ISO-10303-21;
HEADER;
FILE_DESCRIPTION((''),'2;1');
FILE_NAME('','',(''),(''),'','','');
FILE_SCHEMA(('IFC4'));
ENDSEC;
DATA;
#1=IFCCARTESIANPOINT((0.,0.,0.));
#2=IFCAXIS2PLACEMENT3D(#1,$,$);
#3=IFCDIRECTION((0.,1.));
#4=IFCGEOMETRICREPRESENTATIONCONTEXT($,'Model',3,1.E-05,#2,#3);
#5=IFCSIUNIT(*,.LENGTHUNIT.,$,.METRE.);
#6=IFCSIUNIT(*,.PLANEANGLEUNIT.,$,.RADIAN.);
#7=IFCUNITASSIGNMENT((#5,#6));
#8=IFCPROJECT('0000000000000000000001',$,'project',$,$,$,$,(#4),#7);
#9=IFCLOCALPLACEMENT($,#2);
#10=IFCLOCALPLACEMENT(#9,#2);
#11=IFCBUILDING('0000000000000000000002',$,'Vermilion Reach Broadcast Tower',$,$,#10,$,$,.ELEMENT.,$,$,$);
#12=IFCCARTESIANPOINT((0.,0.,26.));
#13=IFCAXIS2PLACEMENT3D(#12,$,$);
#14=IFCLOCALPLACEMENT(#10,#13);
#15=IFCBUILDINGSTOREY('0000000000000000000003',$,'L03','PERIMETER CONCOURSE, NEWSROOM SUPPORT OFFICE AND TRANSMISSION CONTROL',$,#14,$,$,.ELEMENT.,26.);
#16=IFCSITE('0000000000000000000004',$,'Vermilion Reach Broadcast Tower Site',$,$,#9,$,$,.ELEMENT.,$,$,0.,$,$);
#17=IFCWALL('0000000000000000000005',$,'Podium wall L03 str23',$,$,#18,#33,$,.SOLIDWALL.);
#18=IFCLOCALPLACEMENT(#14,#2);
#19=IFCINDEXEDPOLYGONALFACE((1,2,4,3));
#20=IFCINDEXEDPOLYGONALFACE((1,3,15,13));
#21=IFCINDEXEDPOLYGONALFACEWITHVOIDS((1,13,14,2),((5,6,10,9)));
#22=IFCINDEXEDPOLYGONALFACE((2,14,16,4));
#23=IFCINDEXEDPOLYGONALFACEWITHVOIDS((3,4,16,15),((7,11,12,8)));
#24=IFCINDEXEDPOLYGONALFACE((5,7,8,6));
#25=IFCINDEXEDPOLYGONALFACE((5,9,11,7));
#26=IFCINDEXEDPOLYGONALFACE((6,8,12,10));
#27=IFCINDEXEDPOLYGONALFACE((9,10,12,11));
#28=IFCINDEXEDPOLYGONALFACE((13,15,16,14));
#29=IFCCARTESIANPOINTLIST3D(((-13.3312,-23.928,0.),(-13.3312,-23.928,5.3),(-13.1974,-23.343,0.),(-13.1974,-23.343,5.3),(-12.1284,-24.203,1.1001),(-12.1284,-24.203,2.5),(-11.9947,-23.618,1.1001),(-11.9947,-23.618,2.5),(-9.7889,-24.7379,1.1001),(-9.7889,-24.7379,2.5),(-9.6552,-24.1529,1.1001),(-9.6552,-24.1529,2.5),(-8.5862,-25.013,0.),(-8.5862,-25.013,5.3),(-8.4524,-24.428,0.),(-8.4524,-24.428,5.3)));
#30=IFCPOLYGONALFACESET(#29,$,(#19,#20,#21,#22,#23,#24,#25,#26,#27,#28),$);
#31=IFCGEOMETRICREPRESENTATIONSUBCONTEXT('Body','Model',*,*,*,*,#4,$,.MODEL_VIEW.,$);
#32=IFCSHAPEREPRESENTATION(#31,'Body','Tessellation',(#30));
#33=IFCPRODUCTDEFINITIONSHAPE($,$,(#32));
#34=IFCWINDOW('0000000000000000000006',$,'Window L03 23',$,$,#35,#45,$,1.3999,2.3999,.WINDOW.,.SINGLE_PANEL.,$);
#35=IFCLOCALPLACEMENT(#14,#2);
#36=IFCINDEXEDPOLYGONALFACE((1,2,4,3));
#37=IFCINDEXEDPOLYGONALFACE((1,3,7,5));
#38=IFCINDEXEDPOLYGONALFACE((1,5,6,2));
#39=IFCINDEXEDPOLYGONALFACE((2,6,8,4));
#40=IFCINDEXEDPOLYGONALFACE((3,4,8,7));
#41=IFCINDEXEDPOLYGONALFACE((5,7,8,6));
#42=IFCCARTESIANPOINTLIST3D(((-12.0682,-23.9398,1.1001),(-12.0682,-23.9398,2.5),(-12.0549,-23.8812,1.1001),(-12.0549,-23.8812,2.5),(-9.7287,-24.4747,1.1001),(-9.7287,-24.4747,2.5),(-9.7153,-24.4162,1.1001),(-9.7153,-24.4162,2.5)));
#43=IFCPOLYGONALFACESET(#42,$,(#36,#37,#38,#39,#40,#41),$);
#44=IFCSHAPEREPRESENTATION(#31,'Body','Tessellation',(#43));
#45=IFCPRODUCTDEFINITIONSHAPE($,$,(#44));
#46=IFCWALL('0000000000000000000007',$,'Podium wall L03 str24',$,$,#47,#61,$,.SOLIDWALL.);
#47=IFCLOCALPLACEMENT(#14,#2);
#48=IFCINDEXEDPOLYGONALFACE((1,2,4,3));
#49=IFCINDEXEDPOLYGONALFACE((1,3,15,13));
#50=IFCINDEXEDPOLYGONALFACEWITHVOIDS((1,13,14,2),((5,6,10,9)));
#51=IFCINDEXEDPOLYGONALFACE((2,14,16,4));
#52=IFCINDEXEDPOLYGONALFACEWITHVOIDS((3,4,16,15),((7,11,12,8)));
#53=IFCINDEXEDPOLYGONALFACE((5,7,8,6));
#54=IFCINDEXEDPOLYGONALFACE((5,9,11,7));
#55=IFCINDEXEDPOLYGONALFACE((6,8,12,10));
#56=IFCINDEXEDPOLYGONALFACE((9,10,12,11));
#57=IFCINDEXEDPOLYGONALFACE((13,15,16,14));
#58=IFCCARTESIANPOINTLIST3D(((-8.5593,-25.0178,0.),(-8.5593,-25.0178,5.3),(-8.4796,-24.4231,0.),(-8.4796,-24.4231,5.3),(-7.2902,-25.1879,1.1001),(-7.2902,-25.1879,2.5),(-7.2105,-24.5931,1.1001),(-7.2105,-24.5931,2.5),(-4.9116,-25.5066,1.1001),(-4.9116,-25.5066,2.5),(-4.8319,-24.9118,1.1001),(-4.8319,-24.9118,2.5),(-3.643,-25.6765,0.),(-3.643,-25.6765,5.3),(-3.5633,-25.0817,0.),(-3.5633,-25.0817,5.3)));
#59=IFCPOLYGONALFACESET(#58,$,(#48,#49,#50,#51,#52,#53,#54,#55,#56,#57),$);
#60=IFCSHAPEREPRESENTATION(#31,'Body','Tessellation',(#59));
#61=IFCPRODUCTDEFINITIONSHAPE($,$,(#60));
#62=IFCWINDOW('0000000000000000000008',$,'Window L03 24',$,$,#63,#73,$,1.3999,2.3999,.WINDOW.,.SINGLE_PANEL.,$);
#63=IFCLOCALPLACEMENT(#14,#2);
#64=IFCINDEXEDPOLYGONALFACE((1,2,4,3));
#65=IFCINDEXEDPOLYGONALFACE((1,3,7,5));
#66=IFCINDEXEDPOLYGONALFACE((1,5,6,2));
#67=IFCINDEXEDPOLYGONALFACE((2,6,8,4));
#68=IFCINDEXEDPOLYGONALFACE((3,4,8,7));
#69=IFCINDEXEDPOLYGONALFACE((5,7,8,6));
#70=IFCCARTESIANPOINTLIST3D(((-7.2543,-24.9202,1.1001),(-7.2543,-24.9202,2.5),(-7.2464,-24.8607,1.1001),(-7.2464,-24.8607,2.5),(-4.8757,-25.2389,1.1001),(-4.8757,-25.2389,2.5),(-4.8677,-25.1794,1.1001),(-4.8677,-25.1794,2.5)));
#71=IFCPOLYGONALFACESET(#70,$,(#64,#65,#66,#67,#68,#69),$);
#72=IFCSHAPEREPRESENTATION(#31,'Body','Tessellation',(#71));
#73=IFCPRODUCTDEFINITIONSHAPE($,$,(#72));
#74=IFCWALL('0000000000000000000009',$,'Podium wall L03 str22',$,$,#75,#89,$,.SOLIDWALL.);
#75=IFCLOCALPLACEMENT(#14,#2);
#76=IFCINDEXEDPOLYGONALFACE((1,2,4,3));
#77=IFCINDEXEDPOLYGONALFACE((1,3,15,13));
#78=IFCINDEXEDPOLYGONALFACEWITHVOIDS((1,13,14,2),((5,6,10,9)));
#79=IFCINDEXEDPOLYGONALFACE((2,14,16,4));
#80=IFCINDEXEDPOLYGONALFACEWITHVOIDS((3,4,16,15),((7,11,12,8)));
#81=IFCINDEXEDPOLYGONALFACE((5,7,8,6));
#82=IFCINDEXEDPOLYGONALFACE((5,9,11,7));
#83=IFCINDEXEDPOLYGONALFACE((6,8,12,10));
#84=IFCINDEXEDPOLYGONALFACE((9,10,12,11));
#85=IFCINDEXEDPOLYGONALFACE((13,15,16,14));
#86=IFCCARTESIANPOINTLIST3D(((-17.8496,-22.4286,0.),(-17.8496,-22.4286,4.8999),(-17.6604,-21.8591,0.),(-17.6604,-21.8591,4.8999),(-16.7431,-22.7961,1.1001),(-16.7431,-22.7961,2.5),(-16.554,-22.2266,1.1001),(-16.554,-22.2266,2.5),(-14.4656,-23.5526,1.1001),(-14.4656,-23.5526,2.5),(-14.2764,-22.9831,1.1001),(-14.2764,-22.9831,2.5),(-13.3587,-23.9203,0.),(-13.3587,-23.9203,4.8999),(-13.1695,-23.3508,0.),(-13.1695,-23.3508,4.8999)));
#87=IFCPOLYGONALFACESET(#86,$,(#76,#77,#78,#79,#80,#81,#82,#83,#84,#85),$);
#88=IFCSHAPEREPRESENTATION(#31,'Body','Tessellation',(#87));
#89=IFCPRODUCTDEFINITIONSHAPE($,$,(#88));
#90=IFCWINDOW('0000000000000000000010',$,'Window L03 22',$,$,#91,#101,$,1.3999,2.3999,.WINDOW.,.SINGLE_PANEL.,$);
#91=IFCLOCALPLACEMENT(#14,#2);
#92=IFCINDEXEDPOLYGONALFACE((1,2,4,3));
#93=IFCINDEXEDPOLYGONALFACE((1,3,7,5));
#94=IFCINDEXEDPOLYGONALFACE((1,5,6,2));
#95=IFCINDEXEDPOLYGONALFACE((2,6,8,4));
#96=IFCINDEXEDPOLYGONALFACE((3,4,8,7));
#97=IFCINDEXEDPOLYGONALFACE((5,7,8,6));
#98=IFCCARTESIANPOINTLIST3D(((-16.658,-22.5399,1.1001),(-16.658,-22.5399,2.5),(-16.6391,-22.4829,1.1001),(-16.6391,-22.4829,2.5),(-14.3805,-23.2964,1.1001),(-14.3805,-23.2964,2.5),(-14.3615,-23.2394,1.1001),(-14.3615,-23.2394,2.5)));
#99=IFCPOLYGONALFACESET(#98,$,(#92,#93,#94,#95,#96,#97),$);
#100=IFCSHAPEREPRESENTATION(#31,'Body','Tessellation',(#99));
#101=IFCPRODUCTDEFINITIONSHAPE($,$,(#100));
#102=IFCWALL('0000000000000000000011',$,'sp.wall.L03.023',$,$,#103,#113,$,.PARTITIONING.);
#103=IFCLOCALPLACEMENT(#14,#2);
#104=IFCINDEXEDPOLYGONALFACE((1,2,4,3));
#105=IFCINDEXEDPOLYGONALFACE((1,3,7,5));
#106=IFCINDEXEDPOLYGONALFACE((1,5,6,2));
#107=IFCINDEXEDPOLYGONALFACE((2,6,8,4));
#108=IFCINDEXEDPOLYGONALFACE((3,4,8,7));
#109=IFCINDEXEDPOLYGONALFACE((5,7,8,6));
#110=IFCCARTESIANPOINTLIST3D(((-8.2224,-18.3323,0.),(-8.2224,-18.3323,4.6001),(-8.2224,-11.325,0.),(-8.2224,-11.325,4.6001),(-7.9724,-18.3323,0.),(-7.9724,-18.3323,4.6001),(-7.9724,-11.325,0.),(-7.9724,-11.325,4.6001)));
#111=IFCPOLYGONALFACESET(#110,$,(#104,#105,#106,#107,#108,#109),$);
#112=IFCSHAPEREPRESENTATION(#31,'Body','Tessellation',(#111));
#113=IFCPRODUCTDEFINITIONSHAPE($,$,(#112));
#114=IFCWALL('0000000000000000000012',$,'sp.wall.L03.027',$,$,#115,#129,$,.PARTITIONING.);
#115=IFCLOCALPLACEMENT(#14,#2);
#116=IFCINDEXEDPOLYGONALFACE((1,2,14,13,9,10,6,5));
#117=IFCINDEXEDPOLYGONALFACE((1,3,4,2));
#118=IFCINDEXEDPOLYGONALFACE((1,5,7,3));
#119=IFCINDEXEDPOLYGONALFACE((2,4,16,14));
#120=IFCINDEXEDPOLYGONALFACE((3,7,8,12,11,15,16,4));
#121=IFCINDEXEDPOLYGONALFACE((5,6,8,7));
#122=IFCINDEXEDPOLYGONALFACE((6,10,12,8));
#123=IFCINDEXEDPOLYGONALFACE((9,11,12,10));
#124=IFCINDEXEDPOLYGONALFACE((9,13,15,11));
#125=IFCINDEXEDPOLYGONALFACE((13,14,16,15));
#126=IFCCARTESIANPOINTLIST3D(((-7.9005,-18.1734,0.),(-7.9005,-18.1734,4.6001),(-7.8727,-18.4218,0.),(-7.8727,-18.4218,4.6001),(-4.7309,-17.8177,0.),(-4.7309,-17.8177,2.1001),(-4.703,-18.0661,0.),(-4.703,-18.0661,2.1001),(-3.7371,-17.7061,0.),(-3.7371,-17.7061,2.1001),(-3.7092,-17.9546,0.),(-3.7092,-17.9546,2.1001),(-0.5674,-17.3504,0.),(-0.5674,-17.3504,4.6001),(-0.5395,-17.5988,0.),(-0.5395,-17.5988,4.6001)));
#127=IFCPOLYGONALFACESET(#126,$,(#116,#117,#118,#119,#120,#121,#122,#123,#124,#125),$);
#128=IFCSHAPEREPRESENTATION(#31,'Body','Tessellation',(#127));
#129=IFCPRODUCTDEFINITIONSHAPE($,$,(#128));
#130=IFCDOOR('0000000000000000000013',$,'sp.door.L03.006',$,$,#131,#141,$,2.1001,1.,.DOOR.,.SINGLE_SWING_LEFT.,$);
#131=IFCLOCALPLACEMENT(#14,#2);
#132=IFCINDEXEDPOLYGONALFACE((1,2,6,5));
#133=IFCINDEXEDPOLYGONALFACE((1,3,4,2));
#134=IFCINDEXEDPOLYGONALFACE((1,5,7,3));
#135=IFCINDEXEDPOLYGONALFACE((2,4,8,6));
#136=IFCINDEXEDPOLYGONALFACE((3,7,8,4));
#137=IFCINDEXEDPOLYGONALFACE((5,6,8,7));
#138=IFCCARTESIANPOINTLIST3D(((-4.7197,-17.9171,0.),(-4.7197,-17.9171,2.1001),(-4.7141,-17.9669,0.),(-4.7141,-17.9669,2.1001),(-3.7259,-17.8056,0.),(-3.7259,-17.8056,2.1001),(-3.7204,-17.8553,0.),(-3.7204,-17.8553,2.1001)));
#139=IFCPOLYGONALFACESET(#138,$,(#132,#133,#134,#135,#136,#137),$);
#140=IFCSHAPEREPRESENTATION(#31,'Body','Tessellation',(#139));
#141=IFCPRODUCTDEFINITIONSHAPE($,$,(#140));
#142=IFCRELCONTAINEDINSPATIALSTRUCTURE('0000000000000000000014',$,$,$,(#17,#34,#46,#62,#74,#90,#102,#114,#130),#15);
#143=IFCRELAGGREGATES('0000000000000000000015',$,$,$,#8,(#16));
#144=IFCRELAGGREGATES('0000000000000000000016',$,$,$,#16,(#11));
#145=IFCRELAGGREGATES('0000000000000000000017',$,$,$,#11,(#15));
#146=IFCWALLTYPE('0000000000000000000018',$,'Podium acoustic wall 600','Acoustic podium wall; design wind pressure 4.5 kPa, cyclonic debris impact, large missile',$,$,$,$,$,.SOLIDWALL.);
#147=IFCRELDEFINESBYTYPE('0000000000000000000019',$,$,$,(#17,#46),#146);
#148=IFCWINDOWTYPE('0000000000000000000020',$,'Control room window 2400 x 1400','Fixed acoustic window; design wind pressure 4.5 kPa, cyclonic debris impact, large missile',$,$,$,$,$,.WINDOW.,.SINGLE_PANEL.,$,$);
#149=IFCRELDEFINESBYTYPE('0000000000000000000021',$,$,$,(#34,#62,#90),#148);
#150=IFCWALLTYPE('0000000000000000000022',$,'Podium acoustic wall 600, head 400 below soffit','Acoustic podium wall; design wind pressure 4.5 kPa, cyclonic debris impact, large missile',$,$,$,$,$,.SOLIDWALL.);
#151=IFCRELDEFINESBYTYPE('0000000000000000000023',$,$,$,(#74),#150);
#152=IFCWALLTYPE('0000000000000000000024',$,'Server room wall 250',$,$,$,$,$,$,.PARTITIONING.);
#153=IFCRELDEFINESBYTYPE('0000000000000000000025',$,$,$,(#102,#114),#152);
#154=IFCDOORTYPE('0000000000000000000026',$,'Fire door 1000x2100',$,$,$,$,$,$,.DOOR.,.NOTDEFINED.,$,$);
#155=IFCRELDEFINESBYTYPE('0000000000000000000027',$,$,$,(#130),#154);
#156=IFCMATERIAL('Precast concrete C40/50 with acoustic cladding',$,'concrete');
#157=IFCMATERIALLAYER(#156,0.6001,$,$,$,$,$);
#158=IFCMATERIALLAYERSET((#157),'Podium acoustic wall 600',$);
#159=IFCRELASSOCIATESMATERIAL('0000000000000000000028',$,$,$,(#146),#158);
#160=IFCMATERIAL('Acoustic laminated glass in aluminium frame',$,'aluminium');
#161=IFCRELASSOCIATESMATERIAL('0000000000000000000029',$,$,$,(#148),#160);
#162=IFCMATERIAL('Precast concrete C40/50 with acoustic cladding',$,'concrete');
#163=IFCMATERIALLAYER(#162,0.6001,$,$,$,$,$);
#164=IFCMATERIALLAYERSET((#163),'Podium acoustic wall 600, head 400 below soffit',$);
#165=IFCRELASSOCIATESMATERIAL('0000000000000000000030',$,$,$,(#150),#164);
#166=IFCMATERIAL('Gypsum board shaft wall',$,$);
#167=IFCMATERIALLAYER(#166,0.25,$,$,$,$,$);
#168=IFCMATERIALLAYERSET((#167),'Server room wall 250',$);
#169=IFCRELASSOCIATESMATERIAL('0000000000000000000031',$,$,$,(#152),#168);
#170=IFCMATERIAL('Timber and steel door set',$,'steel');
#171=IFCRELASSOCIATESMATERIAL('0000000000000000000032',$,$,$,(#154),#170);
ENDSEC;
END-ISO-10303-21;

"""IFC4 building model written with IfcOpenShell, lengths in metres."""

from ifc_helpers import new_model, si_unit, direction, frame, frame_2d, origin, place, context, subcontext, project, spatial, rectangle, extrude, material, layer, layer_set, type_object, element, fill, save


model = new_model("IFC4")

# Units and contexts
model_context = context("Model", 3, precision=1e-05, world=origin(), true_north=direction((0.0, 1.0)))
body_context = subcontext(model_context, "Body", "Model", "MODEL_VIEW")
ifc_project = project(units=[si_unit("LENGTHUNIT", "METRE"), si_unit("PLANEANGLEUNIT", "RADIAN")], contexts=[model_context])

# Site, building, storey
site_placement = place(None, origin())
site = spatial("IfcSite", under=ifc_project, at=site_placement, Name="Vermilion Reach Broadcast Tower Site", CompositionType="ELEMENT", RefElevation=0.0)
building_placement = place(site_placement, origin())
building = spatial("IfcBuilding", under=site, at=building_placement, Name="Vermilion Reach Broadcast Tower", CompositionType="ELEMENT")
storey_placement = place(building_placement, frame((0.0, 0.0, 26.0)))
storey = spatial("IfcBuildingStorey", under=building, at=storey_placement, Name="L03", Description="PERIMETER CONCOURSE, NEWSROOM SUPPORT OFFICE AND TRANSMISSION CONTROL", CompositionType="ELEMENT", Elevation=26.0)

# Walls, openings, windows
ifc_material_1 = material(Name="Precast concrete C40/50 with acoustic cladding", Category="concrete")
ifc_layer_1 = layer(ifc_material_1, 0.6001)
ifc_layer_set_1 = layer_set([ifc_layer_1], Name="Podium acoustic wall 600")
wall_type_1 = type_object("IfcWallType", Name="Podium acoustic wall 600", Description="Acoustic podium wall; design wind pressure 4.5 kPa, cyclonic debris impact, large missile", PredefinedType="SOLIDWALL", material=ifc_layer_set_1)
wall_1_placement = place(storey_placement, frame((-13.2642, -23.6355, 0.0), z_axis=(0.0, 0.0, 1.0), x_axis=(0.97484, -0.222907, 0.0)))
wall_1 = element("IfcWall", 1, at=wall_1_placement, inside=storey, type_object=wall_type_1, Name="Podium wall L03 str23", PredefinedType="SOLIDWALL", context=body_context, shape_type="SweptSolid", body=[
    extrude(rectangle(XDim=4.8674, YDim=0.6001, at=frame_2d((2.4336, 0.0))), origin(), (0.0, 0.0, 1.0), 5.3),
])
opening_1_placement = place(wall_1_placement, frame((1.2336, 0.0, 1.1001)))
opening_1 = element("IfcOpeningElement", 2, at=opening_1_placement, cuts=wall_1, PredefinedType="OPENING", context=body_context, shape_type="SweptSolid", body=[
    extrude(rectangle(XDim=2.3999, YDim=1.3999, at=frame_2d((1.2, 0.7))), frame((0.0, 0.3101, 0.0), z_axis=(0.0, -1.0, 0.0), x_axis=(1.0, 0.0, 0.0)), (0.0, 0.0, 1.0), 0.6201),
])
ifc_material_2 = material(Name="Acoustic laminated glass in aluminium frame", Category="aluminium")
window_type = type_object("IfcWindowType", Name="Control room window 2400 x 1400", Description="Fixed acoustic window; design wind pressure 4.5 kPa, cyclonic debris impact, large missile", PartitioningType="SINGLE_PANEL", PredefinedType="WINDOW", material=ifc_material_2)
window_1_placement = place(opening_1_placement, origin())
window_1 = element("IfcWindow", 3, at=window_1_placement, inside=storey, type_object=window_type, Name="Window L03 23", OverallHeight=1.3999, OverallWidth=2.3999, PartitioningType="SINGLE_PANEL", PredefinedType="WINDOW", context=body_context, shape_type="SweptSolid", body=[
    extrude(rectangle(XDim=2.3999, YDim=1.3999, at=frame_2d((1.2, 0.7))), frame((0.0, 0.03, 0.0), z_axis=(0.0, -1.0, 0.0), x_axis=(1.0, 0.0, 0.0)), (0.0, 0.0, 1.0), 0.0601),
])
fill(opening_1, window_1)
wall_2_placement = place(storey_placement, frame((-8.5193, -24.7205, 0.0), z_axis=(0.0, 0.0, 1.0), x_axis=(0.991143, -0.132796, 0.0)))
wall_2 = element("IfcWall", 4, at=wall_2_placement, inside=storey, type_object=wall_type_1, Name="Podium wall L03 str24", PredefinedType="SOLIDWALL", context=body_context, shape_type="SweptSolid", body=[
    extrude(rectangle(XDim=4.9602, YDim=0.6001, at=frame_2d((2.48, 0.0))), origin(), (0.0, 0.0, 1.0), 5.3),
])
opening_2_placement = place(wall_2_placement, frame((1.2803, 0.0, 1.1001)))
opening_2 = element("IfcOpeningElement", 5, at=opening_2_placement, cuts=wall_2, PredefinedType="OPENING", context=body_context, shape_type="SweptSolid", body=[
    extrude(rectangle(XDim=2.3999, YDim=1.3999, at=frame_2d((1.2, 0.7))), frame((0.0, 0.3101, 0.0), z_axis=(0.0, -1.0, 0.0), x_axis=(1.0, 0.0, 0.0)), (0.0, 0.0, 1.0), 0.6201),
])
window_2_placement = place(opening_2_placement, origin())
window_2 = element("IfcWindow", 6, at=window_2_placement, inside=storey, type_object=window_type, Name="Window L03 24", OverallHeight=1.3999, OverallWidth=2.3999, PartitioningType="SINGLE_PANEL", PredefinedType="WINDOW", context=body_context, shape_type="SweptSolid", body=[
    extrude(rectangle(XDim=2.3999, YDim=1.3999, at=frame_2d((1.2, 0.7))), frame((0.0, 0.03, 0.0), z_axis=(0.0, -1.0, 0.0), x_axis=(1.0, 0.0, 0.0)), (0.0, 0.0, 1.0), 0.0601),
])
fill(opening_2, window_2)
ifc_material_3 = material(Name="Precast concrete C40/50 with acoustic cladding", Category="concrete")
ifc_layer_2 = layer(ifc_material_3, 0.6001)
ifc_layer_set_2 = layer_set([ifc_layer_2], Name="Podium acoustic wall 600, head 400 below soffit")
wall_type_2 = type_object("IfcWallType", Name="Podium acoustic wall 600, head 400 below soffit", Description="Acoustic podium wall; design wind pressure 4.5 kPa, cyclonic debris impact, large missile", PredefinedType="SOLIDWALL", material=ifc_layer_set_2)
wall_3_placement = place(storey_placement, frame((-17.7551, -22.1438, 0.0), z_axis=(0.0, 0.0, 1.0), x_axis=(0.949018, -0.315222, 0.0)))
wall_3 = element("IfcWall", 7, at=wall_3_placement, inside=storey, type_object=wall_type_2, Name="Podium wall L03 str22", PredefinedType="SOLIDWALL", context=body_context, shape_type="SweptSolid", body=[
    extrude(rectangle(XDim=4.7322, YDim=0.6001, at=frame_2d((2.3662, 0.0))), origin(), (0.0, 0.0, 1.0), 4.8999),
])
opening_3_placement = place(wall_3_placement, frame((1.166, 0.0, 1.1001)))
opening_3 = element("IfcOpeningElement", 8, at=opening_3_placement, cuts=wall_3, PredefinedType="OPENING", context=body_context, shape_type="SweptSolid", body=[
    extrude(rectangle(XDim=2.3999, YDim=1.3999, at=frame_2d((1.2, 0.7))), frame((0.0, 0.3101, 0.0), z_axis=(0.0, -1.0, 0.0), x_axis=(1.0, 0.0, 0.0)), (0.0, 0.0, 1.0), 0.6201),
])
window_3_placement = place(opening_3_placement, origin())
window_3 = element("IfcWindow", 9, at=window_3_placement, inside=storey, type_object=window_type, Name="Window L03 22", OverallHeight=1.3999, OverallWidth=2.3999, PartitioningType="SINGLE_PANEL", PredefinedType="WINDOW", context=body_context, shape_type="SweptSolid", body=[
    extrude(rectangle(XDim=2.3999, YDim=1.3999, at=frame_2d((1.2, 0.7))), frame((0.0, 0.03, 0.0), z_axis=(0.0, -1.0, 0.0), x_axis=(1.0, 0.0, 0.0)), (0.0, 0.0, 1.0), 0.0601),
])
fill(opening_3, window_3)

# Wall
ifc_material_4 = material(Name="Gypsum board shaft wall")
ifc_layer_3 = layer(ifc_material_4, 0.25)
ifc_layer_set_3 = layer_set([ifc_layer_3], Name="Server room wall 250")
wall_type_3 = type_object("IfcWallType", Name="Server room wall 250", PredefinedType="PARTITIONING", material=ifc_layer_set_3)
wall_4_placement = place(storey_placement, frame((-8.0974, -18.3323, 0.0), z_axis=(0.0, 0.0, 1.0), x_axis=(0.0, 1.0, 0.0)))
element("IfcWall", 10, at=wall_4_placement, inside=storey, type_object=wall_type_3, Name="sp.wall.L03.023", PredefinedType="PARTITIONING", context=body_context, shape_type="SweptSolid", body=[
    extrude(rectangle(XDim=7.0073, YDim=0.25, at=frame_2d((3.5037, 0.0))), origin(), (0.0, 0.0, 1.0), 4.6001),
])

# Wall, opening, door
wall_5_placement = place(storey_placement, frame((-7.8865, -18.2976, 0.0), z_axis=(0.0, 0.0, 1.0), x_axis=(0.993761, 0.111532, 0.0)))
wall_5 = element("IfcWall", 11, at=wall_5_placement, inside=storey, type_object=wall_type_3, Name="sp.wall.L03.027", PredefinedType="PARTITIONING", context=body_context, shape_type="SweptSolid", body=[
    extrude(rectangle(XDim=7.3792, YDim=0.25, at=frame_2d((3.6895, 0.0))), origin(), (0.0, 0.0, 1.0), 4.6001),
])
opening_4_placement = place(wall_5_placement, frame((3.1895, 0.0, 0.0)))
opening_4 = element("IfcOpeningElement", 12, at=opening_4_placement, cuts=wall_5, PredefinedType="OPENING", context=body_context, shape_type="SweptSolid", body=[
    extrude(rectangle(XDim=1.0, YDim=2.1001, at=frame_2d((0.5, 1.05))), frame((0.0, 0.135, 0.0), z_axis=(0.0, -1.0, 0.0), x_axis=(1.0, 0.0, 0.0)), (0.0, 0.0, 1.0), 0.27),
])
ifc_material_5 = material(Name="Timber and steel door set", Category="steel")
door_type_1 = type_object("IfcDoorType", Name="Fire door 1000x2100", OperationType="NOTDEFINED", PredefinedType="DOOR", material=ifc_material_5)
door_1_placement = place(opening_4_placement, origin())
door_1 = element("IfcDoor", 13, at=door_1_placement, inside=storey, type_object=door_type_1, Name="sp.door.L03.006", OperationType="SINGLE_SWING_LEFT", OverallHeight=2.1001, OverallWidth=1.0, PredefinedType="DOOR", context=body_context, shape_type="SweptSolid", body=[
    extrude(rectangle(XDim=1.0, YDim=2.1001, at=frame_2d((0.5, 1.05))), frame((0.0, 0.0249, 0.0), z_axis=(0.0, -1.0, 0.0), x_axis=(1.0, 0.0, 0.0)), (0.0, 0.0, 1.0), 0.05),
])
fill(opening_4, door_1)

save(model, "model.ifc")
